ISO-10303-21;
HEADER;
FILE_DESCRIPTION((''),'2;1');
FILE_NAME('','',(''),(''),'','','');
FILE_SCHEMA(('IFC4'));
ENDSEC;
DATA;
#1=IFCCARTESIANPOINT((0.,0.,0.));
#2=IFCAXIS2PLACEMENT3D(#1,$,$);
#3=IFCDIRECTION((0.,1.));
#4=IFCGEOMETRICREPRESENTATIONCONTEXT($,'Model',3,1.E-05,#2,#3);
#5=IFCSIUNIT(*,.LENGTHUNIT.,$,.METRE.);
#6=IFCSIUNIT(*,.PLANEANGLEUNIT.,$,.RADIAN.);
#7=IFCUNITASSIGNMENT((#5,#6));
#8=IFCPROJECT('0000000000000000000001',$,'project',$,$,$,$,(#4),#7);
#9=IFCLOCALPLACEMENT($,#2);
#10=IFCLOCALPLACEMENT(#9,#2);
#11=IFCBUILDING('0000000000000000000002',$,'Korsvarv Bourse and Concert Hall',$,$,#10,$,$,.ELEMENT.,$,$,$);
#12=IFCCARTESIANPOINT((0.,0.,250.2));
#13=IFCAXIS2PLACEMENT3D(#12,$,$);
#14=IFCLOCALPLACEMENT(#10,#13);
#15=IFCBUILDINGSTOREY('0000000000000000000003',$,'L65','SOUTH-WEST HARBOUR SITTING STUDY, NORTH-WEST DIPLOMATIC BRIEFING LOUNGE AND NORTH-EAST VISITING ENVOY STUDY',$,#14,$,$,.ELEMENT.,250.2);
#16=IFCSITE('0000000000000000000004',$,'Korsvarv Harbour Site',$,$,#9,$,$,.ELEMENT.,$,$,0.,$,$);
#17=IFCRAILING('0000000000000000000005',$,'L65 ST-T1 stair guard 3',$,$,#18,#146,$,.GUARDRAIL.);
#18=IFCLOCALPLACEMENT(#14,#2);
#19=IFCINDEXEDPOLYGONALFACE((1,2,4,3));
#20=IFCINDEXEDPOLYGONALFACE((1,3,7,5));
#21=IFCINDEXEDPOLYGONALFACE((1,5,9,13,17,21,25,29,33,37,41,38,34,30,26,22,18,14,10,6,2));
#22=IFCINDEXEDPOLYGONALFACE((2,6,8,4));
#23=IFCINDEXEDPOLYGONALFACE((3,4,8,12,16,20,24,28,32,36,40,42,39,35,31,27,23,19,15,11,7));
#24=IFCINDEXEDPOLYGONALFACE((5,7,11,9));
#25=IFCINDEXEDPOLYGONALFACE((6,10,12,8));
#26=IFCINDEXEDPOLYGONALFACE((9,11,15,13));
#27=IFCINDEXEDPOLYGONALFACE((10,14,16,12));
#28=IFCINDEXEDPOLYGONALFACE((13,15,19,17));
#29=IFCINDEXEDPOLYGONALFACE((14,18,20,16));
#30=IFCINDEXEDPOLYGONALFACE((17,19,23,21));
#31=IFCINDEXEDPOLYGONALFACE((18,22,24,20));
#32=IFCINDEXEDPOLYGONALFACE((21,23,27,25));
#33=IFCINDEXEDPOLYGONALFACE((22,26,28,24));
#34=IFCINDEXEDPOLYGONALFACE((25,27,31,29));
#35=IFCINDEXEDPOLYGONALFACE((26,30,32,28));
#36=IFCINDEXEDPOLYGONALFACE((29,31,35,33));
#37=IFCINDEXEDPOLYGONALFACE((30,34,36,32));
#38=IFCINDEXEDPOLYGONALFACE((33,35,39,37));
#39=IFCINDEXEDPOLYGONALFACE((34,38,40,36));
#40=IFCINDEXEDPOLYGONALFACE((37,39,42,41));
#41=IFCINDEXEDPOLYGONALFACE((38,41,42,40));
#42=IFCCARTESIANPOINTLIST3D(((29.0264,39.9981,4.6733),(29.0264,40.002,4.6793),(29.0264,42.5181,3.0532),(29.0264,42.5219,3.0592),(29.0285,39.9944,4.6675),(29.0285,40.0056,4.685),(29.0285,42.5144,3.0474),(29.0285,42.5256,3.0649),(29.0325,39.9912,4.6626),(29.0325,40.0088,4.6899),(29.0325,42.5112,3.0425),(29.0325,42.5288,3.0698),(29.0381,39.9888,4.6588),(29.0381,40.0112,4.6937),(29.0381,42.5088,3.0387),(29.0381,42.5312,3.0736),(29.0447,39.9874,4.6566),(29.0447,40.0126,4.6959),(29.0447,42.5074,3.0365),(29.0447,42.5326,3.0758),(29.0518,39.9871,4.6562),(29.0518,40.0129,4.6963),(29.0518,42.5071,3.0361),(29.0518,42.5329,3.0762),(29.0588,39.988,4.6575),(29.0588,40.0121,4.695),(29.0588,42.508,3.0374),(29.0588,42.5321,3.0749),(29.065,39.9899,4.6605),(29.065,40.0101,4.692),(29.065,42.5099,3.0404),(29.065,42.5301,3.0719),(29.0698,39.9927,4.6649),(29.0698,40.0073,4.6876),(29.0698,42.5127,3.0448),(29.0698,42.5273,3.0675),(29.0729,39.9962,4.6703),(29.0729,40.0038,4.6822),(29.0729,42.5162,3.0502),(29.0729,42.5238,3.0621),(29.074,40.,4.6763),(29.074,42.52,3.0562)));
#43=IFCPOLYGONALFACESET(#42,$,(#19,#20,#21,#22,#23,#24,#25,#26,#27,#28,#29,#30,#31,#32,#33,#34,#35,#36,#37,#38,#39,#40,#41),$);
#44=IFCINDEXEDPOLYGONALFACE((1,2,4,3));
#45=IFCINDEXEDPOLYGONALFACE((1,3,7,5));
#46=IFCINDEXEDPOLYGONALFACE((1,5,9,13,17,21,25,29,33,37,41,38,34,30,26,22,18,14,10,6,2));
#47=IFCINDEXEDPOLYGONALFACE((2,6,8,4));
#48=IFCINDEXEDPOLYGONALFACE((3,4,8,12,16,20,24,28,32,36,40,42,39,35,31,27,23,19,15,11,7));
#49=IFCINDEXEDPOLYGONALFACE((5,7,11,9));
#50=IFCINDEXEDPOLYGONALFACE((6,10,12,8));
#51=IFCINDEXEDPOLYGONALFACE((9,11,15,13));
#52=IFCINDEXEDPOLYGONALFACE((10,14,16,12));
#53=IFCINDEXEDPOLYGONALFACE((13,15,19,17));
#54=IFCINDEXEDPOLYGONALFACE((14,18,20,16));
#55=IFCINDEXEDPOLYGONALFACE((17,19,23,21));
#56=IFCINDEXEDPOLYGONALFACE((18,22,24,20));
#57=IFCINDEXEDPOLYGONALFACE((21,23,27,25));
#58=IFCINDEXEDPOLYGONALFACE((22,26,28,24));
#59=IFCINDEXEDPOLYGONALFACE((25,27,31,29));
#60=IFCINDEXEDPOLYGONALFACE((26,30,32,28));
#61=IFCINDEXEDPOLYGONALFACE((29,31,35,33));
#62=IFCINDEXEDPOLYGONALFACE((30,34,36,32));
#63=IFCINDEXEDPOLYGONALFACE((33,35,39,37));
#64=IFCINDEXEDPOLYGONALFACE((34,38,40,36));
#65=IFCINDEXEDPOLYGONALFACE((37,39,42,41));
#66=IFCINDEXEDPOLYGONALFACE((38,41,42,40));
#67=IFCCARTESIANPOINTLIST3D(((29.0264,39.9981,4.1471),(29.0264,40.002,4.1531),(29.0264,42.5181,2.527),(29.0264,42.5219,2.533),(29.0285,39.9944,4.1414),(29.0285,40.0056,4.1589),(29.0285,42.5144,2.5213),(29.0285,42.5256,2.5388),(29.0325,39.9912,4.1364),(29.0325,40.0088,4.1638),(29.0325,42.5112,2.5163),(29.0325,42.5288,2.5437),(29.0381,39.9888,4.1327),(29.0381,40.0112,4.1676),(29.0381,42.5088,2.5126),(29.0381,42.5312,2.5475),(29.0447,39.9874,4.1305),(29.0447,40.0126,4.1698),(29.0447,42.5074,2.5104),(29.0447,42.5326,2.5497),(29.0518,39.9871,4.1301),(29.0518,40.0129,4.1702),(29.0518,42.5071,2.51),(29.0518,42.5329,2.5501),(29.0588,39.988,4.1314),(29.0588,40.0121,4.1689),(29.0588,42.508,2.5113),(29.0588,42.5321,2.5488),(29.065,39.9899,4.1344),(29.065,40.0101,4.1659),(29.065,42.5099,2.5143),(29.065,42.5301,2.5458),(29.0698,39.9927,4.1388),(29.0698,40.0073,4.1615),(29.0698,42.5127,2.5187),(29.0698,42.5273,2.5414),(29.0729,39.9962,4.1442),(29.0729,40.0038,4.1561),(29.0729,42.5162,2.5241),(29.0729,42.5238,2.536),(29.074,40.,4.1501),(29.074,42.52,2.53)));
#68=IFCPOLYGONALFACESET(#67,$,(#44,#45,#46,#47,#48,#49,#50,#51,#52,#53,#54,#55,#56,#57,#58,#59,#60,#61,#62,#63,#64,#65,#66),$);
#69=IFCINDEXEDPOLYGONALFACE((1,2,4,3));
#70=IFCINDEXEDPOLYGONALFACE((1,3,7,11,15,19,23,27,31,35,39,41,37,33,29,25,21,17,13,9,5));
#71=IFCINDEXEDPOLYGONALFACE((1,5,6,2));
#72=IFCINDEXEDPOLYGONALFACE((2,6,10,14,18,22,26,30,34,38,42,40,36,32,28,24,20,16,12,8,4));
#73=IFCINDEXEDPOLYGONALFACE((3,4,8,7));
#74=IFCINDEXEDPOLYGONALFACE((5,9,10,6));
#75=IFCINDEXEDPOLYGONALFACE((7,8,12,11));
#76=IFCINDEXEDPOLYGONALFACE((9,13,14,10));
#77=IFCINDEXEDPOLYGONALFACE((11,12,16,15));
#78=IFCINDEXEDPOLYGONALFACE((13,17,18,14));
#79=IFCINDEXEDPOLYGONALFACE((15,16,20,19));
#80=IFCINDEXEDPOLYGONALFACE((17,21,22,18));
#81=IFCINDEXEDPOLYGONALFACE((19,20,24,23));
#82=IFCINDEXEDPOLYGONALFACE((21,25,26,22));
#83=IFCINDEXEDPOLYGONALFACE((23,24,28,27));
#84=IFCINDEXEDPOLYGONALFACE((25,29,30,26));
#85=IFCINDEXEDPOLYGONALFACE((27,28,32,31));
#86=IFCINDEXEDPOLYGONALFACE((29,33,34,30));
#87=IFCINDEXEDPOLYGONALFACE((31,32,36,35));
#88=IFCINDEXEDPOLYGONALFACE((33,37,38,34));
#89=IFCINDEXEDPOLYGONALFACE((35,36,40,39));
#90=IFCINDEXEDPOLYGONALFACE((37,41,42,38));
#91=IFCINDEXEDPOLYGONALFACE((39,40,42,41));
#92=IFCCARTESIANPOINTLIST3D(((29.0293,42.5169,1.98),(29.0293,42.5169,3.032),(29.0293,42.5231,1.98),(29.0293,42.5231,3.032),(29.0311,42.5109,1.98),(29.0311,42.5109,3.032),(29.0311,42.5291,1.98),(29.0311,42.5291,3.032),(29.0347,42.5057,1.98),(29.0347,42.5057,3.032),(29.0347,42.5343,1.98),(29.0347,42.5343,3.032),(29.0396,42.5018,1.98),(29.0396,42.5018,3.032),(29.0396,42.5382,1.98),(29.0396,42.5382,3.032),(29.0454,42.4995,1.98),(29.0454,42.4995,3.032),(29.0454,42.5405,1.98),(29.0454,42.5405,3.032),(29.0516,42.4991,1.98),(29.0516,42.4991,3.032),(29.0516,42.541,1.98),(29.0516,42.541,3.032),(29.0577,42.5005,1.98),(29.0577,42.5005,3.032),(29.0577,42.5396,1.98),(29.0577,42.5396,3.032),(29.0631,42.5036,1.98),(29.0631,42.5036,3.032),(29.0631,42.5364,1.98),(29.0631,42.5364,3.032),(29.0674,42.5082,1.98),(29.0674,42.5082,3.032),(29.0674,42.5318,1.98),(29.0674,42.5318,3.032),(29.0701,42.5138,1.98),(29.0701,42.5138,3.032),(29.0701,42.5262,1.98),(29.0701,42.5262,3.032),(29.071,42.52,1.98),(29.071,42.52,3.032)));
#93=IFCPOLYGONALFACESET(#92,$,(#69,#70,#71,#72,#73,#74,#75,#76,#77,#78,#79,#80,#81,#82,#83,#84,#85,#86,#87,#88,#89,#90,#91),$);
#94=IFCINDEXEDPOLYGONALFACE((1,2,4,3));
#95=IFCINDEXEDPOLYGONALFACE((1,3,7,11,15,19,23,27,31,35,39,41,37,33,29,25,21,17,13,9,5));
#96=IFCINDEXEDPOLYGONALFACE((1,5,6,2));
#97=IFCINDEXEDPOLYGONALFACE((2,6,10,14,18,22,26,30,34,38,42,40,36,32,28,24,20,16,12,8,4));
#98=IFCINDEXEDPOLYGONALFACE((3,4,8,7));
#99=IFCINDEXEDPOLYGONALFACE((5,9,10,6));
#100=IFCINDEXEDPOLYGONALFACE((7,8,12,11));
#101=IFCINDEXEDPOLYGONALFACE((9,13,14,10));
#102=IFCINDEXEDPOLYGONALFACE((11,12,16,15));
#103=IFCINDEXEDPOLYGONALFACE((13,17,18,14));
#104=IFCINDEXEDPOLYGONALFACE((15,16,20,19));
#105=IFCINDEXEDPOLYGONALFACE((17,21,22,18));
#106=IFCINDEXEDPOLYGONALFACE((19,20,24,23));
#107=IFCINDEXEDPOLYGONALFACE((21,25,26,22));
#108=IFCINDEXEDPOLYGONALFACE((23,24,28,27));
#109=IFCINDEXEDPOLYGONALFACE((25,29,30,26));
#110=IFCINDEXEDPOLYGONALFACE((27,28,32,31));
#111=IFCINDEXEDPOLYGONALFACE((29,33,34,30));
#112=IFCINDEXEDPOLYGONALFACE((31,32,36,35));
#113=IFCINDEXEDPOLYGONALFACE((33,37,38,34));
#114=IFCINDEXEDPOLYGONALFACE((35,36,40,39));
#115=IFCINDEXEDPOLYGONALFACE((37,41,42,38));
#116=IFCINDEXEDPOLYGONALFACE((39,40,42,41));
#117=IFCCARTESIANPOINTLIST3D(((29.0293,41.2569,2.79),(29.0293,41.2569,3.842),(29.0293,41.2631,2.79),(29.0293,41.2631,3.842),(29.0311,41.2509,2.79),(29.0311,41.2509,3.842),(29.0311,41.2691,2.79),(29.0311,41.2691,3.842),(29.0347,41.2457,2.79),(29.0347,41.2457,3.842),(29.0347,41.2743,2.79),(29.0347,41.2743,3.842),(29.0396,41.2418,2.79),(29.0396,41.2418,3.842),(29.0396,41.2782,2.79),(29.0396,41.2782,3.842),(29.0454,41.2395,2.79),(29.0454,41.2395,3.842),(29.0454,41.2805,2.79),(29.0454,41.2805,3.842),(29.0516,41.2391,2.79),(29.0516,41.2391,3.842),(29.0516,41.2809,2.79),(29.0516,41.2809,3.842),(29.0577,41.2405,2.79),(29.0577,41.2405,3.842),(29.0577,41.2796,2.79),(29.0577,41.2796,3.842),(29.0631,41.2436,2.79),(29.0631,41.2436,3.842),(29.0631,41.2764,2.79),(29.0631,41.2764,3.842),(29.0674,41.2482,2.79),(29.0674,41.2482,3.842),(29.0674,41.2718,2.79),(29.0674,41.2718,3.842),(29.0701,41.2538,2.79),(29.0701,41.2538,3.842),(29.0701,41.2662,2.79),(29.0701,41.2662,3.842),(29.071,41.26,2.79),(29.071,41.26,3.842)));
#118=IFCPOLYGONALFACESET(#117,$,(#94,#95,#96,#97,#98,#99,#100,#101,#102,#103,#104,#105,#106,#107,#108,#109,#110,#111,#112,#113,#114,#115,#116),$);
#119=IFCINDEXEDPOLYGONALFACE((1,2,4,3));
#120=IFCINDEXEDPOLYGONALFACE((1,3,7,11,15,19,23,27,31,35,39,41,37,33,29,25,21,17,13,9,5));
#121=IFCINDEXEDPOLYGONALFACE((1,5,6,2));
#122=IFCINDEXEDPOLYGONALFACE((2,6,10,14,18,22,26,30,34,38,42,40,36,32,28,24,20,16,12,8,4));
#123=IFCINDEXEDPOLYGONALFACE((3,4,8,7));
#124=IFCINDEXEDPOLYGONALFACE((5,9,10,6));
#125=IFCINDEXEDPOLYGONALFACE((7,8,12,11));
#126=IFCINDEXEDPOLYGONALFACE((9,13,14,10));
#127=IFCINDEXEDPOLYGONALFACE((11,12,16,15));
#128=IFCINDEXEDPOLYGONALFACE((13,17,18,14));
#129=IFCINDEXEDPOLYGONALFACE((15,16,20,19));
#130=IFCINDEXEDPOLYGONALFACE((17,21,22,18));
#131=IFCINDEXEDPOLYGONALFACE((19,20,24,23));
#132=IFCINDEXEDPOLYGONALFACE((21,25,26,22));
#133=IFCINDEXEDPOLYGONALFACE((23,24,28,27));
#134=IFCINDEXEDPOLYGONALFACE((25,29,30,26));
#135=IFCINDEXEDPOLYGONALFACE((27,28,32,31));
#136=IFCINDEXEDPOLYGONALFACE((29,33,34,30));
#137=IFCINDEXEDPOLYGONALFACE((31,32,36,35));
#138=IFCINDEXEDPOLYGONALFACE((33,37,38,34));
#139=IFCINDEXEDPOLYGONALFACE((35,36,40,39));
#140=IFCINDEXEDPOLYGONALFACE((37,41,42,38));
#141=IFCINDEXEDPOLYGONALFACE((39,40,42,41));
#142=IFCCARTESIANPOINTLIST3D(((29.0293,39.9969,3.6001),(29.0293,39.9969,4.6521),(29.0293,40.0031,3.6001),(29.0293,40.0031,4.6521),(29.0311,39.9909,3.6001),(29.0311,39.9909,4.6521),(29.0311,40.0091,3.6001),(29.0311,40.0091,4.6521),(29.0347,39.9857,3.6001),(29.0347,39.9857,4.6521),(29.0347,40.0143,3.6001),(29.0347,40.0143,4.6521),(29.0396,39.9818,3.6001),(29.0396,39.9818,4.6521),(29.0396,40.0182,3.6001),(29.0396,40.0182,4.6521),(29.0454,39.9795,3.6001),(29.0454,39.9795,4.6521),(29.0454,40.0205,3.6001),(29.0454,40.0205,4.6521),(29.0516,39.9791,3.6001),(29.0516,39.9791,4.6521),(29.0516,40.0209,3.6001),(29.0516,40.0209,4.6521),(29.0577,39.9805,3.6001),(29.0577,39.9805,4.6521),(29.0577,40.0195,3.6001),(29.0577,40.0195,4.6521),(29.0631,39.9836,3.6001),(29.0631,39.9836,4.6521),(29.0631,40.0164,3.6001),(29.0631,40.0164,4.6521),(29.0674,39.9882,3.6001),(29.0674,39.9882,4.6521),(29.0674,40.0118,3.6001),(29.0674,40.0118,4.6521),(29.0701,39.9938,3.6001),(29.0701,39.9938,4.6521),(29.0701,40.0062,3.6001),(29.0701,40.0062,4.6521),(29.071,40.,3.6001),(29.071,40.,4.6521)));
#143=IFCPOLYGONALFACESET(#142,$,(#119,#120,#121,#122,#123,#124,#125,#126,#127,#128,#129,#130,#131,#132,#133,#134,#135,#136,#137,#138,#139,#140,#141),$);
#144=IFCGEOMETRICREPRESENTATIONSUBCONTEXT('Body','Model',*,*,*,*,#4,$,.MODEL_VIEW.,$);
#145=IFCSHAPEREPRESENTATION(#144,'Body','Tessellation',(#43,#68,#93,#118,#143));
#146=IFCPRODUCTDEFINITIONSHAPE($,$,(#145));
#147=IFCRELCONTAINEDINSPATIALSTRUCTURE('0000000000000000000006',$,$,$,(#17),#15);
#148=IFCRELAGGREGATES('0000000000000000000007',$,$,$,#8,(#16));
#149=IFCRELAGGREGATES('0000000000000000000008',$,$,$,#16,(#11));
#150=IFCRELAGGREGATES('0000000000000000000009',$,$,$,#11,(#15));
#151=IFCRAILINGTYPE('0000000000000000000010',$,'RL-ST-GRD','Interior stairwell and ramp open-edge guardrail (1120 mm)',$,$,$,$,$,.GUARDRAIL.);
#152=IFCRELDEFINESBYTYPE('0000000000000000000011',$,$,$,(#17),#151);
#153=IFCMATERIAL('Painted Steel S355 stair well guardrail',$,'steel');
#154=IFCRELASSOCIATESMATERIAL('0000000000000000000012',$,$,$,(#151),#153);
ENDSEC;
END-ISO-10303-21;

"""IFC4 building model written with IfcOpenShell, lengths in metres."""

from ifc_helpers import new_model, si_unit, direction, frame, origin, origin_2d, place, context, subcontext, project, spatial, circle, extrude, material, type_object, element, save


model = new_model("IFC4")

# Units and contexts
model_context = context("Model", 3, precision=1e-05, world=origin(), true_north=direction((0.0, 1.0)))
body_context = subcontext(model_context, "Body", "Model", "MODEL_VIEW")
ifc_project = project(units=[si_unit("LENGTHUNIT", "METRE"), si_unit("PLANEANGLEUNIT", "RADIAN")], contexts=[model_context])

# Site, building, storey
site_placement = place(None, origin())
site = spatial("IfcSite", under=ifc_project, at=site_placement, Name="Korsvarv Harbour Site", CompositionType="ELEMENT", RefElevation=0.0)
building_placement = place(site_placement, origin())
building = spatial("IfcBuilding", under=site, at=building_placement, Name="Korsvarv Bourse and Concert Hall", CompositionType="ELEMENT")
storey_placement = place(building_placement, frame((0.0, 0.0, 250.2)))
storey = spatial("IfcBuildingStorey", under=building, at=storey_placement, Name="L65", Description="SOUTH-WEST HARBOUR SITTING STUDY, NORTH-WEST DIPLOMATIC BRIEFING LOUNGE AND NORTH-EAST VISITING ENVOY STUDY", CompositionType="ELEMENT", Elevation=250.2)

# Railing
ifc_material_1 = material(Name="Painted Steel S355 stair well guardrail", Category="steel")
railing_type_1 = type_object("IfcRailingType", Name="RL-ST-GRD", Description="Interior stairwell and ramp open-edge guardrail (1120 mm)", PredefinedType="GUARDRAIL", material=ifc_material_1)
railing_1_placement = place(storey_placement, frame((29.05, 42.52, 1.98)))
element("IfcRailing", 1, at=railing_1_placement, inside=storey, type_object=railing_type_1, Name="L65 ST-T1 stair guard 3", PredefinedType="GUARDRAIL", context=body_context, shape_type="SweptSolid", body=[
    extrude(circle(Radius=0.0239, at=origin_2d()), frame((0.0, 0.0, 1.0762), z_axis=(0.0, -0.841163, 0.540782), x_axis=(1.0, 0.0, 0.0)), (0.0, 0.0, 1.0), 2.9958),
    extrude(circle(Radius=0.0239, at=origin_2d()), frame((0.0, 0.0, 0.55), z_axis=(0.0, -0.841163, 0.540782), x_axis=(1.0, 0.0, 0.0)), (0.0, 0.0, 1.0), 2.9958),
    extrude(circle(Radius=0.021, at=origin_2d()), origin(), (0.0, 0.0, 1.0), 1.052),
    extrude(circle(Radius=0.021, at=origin_2d()), frame((0.0, -1.26, 0.8101)), (0.0, 0.0, 1.0), 1.052),
    extrude(circle(Radius=0.021, at=origin_2d()), frame((0.0, -2.52, 1.6201)), (0.0, 0.0, 1.0), 1.052),
])

save(model, "model.ifc")
